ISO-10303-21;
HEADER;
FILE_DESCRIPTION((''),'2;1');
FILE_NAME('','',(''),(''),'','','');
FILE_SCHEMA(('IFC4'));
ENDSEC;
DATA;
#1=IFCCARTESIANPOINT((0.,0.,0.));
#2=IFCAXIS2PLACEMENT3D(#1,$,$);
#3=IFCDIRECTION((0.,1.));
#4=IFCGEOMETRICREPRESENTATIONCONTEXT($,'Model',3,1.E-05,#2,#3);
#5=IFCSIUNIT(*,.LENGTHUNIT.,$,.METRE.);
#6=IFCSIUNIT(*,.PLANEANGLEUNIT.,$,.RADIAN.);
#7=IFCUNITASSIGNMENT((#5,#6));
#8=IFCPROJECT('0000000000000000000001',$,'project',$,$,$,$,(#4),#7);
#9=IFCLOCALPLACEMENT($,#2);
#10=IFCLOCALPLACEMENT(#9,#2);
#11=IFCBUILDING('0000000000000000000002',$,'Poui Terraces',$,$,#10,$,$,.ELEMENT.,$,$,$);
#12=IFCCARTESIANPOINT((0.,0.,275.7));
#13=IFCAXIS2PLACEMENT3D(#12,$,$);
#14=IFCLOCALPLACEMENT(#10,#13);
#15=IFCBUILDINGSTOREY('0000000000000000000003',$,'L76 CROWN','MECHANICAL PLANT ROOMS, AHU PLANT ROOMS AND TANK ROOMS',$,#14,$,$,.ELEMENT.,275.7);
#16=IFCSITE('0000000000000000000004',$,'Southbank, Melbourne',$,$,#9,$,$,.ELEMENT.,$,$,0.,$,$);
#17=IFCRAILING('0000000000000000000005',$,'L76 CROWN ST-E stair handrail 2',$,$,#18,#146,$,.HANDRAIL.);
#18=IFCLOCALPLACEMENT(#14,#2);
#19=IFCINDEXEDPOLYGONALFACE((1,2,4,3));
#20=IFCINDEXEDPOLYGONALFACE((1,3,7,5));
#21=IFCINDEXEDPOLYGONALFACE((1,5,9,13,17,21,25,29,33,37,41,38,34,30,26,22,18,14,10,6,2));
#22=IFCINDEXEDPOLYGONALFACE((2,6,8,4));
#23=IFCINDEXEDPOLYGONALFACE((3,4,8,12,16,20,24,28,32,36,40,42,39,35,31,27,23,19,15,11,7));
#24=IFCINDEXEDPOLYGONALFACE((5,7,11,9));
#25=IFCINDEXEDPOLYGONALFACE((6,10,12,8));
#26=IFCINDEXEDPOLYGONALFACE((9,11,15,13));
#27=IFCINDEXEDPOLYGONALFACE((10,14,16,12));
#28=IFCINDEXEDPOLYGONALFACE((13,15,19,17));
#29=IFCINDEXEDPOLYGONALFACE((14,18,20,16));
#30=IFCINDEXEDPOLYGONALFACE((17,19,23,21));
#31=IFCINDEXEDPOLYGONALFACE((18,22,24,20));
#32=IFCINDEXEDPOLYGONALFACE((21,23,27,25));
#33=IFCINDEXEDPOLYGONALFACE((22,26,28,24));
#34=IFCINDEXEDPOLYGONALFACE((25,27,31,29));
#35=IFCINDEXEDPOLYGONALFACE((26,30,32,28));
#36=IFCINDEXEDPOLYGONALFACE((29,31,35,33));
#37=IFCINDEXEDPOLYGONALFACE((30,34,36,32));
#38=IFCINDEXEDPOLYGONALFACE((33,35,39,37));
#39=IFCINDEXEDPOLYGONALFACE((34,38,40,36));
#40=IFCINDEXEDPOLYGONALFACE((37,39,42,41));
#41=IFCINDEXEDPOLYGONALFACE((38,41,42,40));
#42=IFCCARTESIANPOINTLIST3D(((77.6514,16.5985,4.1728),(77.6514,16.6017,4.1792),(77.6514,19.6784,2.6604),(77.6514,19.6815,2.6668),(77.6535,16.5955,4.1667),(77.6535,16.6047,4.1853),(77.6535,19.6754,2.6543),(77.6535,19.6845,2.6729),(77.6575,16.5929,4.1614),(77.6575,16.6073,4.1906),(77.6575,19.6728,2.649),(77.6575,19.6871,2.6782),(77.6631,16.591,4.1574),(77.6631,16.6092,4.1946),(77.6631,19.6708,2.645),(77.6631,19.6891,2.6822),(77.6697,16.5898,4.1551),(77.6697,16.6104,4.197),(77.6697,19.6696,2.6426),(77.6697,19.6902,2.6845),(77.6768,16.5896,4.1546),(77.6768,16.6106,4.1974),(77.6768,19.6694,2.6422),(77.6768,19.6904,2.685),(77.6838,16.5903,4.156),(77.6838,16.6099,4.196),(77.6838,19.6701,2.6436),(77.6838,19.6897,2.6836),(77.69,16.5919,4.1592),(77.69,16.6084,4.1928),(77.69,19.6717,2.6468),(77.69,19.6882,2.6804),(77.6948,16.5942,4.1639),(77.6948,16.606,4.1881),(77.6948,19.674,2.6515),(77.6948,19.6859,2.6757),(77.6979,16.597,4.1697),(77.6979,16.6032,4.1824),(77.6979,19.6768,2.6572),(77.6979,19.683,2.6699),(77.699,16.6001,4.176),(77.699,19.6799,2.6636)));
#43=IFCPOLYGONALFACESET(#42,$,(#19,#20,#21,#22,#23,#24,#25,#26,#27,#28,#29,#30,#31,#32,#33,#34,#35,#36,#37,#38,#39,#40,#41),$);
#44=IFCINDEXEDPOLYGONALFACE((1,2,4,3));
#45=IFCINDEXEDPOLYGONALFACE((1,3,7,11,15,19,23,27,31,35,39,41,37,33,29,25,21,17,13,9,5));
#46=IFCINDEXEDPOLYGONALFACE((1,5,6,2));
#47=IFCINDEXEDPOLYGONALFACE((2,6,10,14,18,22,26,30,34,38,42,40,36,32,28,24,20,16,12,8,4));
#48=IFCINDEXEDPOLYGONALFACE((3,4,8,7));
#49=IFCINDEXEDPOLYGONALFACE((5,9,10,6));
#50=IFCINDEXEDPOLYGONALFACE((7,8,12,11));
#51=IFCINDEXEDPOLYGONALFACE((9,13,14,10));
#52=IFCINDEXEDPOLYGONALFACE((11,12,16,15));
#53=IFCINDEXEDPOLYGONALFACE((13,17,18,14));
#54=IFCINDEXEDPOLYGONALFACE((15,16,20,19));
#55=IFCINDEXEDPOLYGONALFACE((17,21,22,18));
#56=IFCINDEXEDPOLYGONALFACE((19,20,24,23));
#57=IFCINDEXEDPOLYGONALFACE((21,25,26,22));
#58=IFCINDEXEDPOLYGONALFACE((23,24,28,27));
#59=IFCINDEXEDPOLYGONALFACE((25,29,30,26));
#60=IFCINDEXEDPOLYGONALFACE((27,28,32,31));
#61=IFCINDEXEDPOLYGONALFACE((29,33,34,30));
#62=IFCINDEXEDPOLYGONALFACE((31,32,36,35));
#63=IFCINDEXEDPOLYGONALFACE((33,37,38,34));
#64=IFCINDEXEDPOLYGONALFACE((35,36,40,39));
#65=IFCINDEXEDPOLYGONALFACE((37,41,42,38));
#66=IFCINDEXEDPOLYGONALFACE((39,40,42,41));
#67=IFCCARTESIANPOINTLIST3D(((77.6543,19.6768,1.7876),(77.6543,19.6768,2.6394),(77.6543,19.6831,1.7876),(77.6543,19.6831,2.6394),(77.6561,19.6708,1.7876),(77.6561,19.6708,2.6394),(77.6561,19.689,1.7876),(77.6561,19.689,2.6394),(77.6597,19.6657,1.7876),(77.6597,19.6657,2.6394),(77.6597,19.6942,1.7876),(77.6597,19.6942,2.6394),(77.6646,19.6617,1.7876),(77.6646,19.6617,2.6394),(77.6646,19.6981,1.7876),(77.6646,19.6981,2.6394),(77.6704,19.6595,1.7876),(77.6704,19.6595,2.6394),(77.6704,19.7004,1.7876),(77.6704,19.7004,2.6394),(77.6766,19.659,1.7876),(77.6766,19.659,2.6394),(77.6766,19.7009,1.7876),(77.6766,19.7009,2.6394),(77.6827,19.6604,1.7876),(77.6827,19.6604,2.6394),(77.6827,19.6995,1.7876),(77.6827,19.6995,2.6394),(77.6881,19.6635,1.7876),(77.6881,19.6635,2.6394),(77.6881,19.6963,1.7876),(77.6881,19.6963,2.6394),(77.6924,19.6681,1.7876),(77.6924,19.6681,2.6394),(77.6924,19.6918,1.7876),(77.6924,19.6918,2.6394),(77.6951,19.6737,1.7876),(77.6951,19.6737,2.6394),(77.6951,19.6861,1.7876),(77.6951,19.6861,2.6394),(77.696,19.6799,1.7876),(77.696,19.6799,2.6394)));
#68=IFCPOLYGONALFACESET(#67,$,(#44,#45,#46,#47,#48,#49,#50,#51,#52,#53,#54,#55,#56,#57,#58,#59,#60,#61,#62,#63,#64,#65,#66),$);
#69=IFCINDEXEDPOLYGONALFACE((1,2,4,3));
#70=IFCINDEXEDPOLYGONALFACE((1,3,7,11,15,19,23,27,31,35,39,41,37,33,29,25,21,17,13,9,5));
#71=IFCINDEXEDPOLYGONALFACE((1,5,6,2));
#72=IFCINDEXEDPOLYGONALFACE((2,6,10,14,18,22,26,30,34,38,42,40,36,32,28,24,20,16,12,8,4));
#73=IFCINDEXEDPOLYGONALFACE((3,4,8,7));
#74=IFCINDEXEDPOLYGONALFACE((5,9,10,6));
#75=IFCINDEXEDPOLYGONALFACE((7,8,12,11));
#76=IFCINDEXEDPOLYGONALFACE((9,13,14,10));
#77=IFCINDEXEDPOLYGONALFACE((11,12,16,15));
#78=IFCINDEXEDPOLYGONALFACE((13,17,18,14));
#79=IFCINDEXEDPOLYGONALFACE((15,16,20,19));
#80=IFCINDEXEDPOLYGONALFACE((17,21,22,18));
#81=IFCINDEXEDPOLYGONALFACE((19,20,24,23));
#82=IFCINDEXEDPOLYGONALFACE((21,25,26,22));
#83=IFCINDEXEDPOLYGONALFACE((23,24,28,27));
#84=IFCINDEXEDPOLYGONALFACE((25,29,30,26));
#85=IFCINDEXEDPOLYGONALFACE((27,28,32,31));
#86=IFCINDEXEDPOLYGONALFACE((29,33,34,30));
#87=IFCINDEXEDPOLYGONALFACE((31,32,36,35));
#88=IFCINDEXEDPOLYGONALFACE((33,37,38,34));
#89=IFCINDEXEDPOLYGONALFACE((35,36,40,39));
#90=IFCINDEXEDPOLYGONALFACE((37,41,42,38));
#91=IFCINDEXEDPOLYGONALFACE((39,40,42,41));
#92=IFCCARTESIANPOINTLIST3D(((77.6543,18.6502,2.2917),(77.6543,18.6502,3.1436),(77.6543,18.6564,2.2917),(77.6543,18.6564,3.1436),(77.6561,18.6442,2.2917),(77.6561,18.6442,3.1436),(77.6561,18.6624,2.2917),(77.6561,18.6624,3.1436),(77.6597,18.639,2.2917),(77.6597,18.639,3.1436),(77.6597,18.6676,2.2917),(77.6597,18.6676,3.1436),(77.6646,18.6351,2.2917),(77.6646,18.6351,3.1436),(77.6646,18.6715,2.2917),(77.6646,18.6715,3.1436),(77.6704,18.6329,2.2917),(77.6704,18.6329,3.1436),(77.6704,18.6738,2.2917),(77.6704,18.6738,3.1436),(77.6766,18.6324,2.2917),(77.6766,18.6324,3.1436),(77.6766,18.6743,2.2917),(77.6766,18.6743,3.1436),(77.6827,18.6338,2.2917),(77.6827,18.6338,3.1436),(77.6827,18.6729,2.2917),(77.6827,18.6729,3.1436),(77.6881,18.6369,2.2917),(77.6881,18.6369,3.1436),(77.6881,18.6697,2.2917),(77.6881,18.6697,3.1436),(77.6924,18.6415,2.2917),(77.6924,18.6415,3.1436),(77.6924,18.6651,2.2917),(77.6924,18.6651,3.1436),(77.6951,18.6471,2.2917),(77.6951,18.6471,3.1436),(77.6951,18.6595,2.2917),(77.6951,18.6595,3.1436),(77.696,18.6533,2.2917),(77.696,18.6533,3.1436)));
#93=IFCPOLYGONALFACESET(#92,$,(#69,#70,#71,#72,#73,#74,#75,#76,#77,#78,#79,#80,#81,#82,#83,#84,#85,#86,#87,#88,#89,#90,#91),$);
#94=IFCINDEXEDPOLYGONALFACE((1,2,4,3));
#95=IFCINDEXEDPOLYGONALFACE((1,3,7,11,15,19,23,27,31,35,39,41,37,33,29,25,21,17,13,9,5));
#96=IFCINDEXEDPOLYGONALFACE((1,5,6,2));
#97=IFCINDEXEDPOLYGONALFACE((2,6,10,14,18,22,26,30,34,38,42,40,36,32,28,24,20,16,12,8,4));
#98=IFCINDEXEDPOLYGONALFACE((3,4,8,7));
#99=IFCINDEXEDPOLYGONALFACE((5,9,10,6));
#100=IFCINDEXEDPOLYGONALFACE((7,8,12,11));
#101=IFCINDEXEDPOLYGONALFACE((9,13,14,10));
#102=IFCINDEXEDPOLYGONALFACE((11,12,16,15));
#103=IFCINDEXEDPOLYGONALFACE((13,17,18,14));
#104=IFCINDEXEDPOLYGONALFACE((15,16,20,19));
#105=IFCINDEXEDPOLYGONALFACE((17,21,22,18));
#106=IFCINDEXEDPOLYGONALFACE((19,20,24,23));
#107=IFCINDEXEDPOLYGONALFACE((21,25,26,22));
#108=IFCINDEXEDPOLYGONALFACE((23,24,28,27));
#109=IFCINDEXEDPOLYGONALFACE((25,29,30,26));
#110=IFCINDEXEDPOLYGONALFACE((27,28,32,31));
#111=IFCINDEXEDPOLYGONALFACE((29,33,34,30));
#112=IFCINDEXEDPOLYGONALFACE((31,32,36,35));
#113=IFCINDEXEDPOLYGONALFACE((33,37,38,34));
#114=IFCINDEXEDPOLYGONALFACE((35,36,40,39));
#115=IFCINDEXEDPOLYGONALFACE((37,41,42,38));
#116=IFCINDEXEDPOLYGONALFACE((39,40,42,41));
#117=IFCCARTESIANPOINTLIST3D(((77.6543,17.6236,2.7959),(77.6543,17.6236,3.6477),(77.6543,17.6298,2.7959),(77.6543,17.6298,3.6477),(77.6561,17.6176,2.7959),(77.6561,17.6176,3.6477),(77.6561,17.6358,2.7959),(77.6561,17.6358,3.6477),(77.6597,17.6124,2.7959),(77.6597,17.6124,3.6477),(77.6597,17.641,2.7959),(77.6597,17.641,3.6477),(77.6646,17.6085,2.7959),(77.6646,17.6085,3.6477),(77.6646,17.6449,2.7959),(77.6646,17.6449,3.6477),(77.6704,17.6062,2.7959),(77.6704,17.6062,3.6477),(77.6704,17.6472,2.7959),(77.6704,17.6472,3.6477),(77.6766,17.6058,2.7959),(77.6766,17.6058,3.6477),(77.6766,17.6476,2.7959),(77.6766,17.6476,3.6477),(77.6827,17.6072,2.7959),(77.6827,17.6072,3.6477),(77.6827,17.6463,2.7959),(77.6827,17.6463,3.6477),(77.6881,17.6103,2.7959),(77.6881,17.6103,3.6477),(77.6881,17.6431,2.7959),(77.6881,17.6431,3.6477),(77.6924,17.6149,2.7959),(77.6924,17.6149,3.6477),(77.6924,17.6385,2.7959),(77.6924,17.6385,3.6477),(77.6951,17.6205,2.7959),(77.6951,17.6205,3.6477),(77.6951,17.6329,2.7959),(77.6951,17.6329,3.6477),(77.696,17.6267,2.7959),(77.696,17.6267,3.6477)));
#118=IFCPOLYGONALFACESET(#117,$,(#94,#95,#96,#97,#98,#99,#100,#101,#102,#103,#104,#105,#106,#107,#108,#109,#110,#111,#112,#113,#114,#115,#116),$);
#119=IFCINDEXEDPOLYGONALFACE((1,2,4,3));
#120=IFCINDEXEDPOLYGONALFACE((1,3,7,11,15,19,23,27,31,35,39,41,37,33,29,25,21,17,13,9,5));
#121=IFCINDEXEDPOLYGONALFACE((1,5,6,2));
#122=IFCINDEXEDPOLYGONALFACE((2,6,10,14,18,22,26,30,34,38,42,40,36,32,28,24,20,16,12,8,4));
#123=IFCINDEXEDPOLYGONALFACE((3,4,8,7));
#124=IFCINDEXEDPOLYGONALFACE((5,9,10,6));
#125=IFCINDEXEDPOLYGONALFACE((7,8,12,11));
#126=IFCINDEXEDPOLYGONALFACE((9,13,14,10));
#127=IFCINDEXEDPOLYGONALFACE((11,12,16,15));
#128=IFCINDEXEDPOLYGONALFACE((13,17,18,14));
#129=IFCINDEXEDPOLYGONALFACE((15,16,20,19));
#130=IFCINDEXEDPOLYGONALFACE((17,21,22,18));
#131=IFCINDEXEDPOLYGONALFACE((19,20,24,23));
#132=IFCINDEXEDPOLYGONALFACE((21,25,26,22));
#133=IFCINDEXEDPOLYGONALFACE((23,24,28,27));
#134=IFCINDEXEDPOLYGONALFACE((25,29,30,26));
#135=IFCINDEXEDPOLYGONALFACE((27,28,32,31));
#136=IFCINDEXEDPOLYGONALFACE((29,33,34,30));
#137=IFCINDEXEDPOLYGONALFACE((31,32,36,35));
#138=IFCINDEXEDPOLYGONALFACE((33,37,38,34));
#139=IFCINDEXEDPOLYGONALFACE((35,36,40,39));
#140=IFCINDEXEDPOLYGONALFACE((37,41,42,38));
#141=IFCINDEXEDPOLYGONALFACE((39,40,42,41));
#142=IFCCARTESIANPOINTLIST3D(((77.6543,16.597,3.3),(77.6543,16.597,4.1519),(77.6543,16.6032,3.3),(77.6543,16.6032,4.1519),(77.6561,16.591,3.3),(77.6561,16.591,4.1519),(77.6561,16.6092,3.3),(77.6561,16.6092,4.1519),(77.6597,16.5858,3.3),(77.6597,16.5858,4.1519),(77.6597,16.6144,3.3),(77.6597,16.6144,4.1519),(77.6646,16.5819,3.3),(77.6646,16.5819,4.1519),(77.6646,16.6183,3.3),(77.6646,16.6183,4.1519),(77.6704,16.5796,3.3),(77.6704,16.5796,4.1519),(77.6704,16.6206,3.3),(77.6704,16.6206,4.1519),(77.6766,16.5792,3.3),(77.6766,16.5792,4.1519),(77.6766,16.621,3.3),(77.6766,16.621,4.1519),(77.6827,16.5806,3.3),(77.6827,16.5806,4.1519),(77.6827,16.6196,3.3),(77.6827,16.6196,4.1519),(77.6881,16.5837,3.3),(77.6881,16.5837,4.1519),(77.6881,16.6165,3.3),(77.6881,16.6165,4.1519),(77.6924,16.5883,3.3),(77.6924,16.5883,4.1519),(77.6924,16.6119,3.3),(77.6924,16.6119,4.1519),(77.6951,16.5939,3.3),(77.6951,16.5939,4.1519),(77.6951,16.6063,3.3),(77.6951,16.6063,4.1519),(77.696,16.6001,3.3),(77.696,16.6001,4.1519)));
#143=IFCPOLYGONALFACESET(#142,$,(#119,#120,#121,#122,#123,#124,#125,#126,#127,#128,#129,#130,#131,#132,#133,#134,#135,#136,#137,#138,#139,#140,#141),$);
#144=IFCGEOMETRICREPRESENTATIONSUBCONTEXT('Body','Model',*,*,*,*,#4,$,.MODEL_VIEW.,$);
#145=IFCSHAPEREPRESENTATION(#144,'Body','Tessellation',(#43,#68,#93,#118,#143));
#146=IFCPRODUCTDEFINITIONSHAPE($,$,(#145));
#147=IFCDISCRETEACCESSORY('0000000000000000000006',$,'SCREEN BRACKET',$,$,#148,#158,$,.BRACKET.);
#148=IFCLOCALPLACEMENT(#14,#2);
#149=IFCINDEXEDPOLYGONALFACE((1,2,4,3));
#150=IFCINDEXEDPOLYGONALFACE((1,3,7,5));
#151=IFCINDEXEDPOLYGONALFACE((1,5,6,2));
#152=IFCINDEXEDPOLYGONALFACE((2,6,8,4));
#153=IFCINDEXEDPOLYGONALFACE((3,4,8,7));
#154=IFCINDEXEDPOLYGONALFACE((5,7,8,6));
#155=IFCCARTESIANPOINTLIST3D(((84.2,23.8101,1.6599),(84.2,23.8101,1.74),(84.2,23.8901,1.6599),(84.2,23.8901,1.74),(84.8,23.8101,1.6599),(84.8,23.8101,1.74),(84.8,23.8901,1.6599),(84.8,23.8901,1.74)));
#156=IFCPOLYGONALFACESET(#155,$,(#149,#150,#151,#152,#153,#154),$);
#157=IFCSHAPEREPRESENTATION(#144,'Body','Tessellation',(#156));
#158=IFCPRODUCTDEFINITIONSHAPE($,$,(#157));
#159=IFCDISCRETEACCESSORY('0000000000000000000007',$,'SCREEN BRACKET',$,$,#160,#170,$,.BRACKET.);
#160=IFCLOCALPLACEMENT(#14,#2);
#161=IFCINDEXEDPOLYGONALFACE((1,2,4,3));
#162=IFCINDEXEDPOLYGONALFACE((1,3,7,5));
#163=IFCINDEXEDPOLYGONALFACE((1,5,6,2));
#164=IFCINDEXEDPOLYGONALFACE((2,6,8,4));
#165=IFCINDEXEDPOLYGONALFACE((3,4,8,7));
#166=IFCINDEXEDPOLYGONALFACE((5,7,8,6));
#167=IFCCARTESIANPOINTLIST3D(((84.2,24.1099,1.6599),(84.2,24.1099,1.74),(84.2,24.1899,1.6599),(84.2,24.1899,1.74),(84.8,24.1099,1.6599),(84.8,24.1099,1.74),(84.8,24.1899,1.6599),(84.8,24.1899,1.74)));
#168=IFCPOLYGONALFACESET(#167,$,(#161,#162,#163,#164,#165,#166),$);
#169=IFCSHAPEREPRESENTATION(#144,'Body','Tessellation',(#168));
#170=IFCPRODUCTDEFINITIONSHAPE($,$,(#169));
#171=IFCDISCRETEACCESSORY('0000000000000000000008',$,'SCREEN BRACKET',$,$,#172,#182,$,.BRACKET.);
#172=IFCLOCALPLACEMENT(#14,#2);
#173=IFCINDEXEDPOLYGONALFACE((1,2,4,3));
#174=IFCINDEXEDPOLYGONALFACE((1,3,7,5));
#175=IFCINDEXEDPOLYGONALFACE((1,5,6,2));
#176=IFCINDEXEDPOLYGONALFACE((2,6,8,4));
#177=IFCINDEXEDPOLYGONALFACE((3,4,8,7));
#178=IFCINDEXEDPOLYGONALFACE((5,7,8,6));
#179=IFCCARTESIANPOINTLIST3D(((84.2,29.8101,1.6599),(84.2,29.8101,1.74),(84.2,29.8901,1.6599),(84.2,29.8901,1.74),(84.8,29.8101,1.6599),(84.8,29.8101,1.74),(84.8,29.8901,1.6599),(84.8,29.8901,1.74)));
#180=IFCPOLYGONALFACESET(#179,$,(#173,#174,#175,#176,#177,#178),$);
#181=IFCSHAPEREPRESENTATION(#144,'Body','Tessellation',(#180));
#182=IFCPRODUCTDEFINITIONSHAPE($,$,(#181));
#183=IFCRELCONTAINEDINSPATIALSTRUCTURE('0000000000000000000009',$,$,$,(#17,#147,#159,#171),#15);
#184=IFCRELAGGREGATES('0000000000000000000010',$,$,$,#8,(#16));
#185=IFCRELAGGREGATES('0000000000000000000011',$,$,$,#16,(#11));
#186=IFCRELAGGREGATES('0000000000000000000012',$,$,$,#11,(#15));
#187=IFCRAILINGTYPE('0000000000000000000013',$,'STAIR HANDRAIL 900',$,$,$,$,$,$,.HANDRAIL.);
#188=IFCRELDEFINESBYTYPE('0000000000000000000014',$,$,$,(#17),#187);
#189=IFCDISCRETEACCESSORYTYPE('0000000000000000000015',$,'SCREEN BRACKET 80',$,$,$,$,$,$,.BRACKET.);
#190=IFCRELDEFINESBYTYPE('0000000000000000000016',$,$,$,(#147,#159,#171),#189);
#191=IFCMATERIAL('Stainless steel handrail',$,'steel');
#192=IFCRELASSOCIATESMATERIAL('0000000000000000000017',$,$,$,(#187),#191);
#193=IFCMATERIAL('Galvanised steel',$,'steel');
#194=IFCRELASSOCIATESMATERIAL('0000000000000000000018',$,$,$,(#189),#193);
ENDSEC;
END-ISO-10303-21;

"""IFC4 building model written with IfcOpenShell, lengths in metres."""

from ifc_helpers import new_model, si_unit, direction, frame, origin, origin_2d, place, context, subcontext, project, spatial, rectangle, circle, extrude, source, transform, mapped, material, material_profile, profile_set, type_object, element, save


model = new_model("IFC4")

# Units and contexts
model_context = context("Model", 3, precision=1e-05, world=origin(), true_north=direction((0.0, 1.0)))
body_context = subcontext(model_context, "Body", "Model", "MODEL_VIEW")
ifc_project = project(units=[si_unit("LENGTHUNIT", "METRE"), si_unit("PLANEANGLEUNIT", "RADIAN")], contexts=[model_context])

# Site, building, storey
site_placement = place(None, origin())
site = spatial("IfcSite", under=ifc_project, at=site_placement, Name="Southbank, Melbourne", CompositionType="ELEMENT", RefElevation=0.0)
building_placement = place(site_placement, origin())
building = spatial("IfcBuilding", under=site, at=building_placement, Name="Poui Terraces", CompositionType="ELEMENT")
storey_placement = place(building_placement, frame((0.0, 0.0, 275.7)))
storey = spatial("IfcBuildingStorey", under=building, at=storey_placement, Name="L76 CROWN", Description="MECHANICAL PLANT ROOMS, AHU PLANT ROOMS AND TANK ROOMS", CompositionType="ELEMENT", Elevation=275.7)

# Railing
ifc_material_1 = material(Name="Stainless steel handrail", Category="steel")
railing_type_1 = type_object("IfcRailingType", Name="STAIR HANDRAIL 900", PredefinedType="HANDRAIL", material=ifc_material_1)
railing_1_placement = place(storey_placement, frame((77.675, 19.6799, 1.7876)))
element("IfcRailing", 1, at=railing_1_placement, inside=storey, type_object=railing_type_1, Name="L76 CROWN ST-E stair handrail 2", PredefinedType="HANDRAIL", context=body_context, shape_type="SweptSolid", body=[
    extrude(circle(Radius=0.0239, at=origin_2d()), frame((0.0, 0.0, 0.876), z_axis=(0.0, -0.897606, 0.440798), x_axis=(1.0, 0.0, 0.0)), (0.0, 0.0, 1.0), 3.4312),
    extrude(circle(Radius=0.021, at=origin_2d()), origin(), (0.0, 0.0, 1.0), 0.8518),
    extrude(circle(Radius=0.021, at=origin_2d()), frame((0.0, -1.0266, 0.5042)), (0.0, 0.0, 1.0), 0.8518),
    extrude(circle(Radius=0.021, at=origin_2d()), frame((0.0, -2.0532, 1.0083)), (0.0, 0.0, 1.0), 0.8518),
    extrude(circle(Radius=0.021, at=origin_2d()), frame((0.0, -3.0798, 1.5125)), (0.0, 0.0, 1.0), 0.8518),
])

# Discrete accessories
ifc_material_2 = material(Name="Galvanised steel", Category="steel")
ifc_material_profile_1 = material_profile(ifc_material_2, rectangle(XDim=0.0801, YDim=0.0801, at=origin_2d()), Name="SCREEN BRACKET 80")
ifc_profile_set_1 = profile_set([ifc_material_profile_1], Name="Galvanised steel")
discrete_accessory_type = type_object("IfcDiscreteAccessoryType", Name="SCREEN BRACKET 80", PredefinedType="BRACKET", material=ifc_profile_set_1)
shared_shape_1 = source(origin(), body_context, "Body", "SweptSolid", [
    extrude(rectangle(XDim=0.0801, YDim=0.0801, at=origin_2d()), origin(), (0.0, 0.0, 1.0), 0.6001),
])
for number, where, z_axis, x_axis, name in (
    (2, (84.2, 23.8501, 1.7), (1.0, 0.0, 0.0), (0.0, 1.0, 0.0), "SCREEN BRACKET"),
    (3, (84.2, 24.1499, 1.7), (1.0, 0.0, 0.0), (0.0, 1.0, 0.0), "SCREEN BRACKET"),
    (4, (84.2, 29.8501, 1.7), (1.0, 0.0, 0.0), (0.0, 1.0, 0.0), "SCREEN BRACKET"),
):
    element("IfcDiscreteAccessory", number, at=place(storey_placement, frame(where, z_axis=z_axis, x_axis=x_axis)), inside=storey, type_object=discrete_accessory_type, Name=name, PredefinedType="BRACKET", context=body_context, shape_type="MappedRepresentation", body=[
        mapped(shared_shape_1, transform((0.0, 0.0, 0.0))),
    ])

save(model, "model.ifc")
